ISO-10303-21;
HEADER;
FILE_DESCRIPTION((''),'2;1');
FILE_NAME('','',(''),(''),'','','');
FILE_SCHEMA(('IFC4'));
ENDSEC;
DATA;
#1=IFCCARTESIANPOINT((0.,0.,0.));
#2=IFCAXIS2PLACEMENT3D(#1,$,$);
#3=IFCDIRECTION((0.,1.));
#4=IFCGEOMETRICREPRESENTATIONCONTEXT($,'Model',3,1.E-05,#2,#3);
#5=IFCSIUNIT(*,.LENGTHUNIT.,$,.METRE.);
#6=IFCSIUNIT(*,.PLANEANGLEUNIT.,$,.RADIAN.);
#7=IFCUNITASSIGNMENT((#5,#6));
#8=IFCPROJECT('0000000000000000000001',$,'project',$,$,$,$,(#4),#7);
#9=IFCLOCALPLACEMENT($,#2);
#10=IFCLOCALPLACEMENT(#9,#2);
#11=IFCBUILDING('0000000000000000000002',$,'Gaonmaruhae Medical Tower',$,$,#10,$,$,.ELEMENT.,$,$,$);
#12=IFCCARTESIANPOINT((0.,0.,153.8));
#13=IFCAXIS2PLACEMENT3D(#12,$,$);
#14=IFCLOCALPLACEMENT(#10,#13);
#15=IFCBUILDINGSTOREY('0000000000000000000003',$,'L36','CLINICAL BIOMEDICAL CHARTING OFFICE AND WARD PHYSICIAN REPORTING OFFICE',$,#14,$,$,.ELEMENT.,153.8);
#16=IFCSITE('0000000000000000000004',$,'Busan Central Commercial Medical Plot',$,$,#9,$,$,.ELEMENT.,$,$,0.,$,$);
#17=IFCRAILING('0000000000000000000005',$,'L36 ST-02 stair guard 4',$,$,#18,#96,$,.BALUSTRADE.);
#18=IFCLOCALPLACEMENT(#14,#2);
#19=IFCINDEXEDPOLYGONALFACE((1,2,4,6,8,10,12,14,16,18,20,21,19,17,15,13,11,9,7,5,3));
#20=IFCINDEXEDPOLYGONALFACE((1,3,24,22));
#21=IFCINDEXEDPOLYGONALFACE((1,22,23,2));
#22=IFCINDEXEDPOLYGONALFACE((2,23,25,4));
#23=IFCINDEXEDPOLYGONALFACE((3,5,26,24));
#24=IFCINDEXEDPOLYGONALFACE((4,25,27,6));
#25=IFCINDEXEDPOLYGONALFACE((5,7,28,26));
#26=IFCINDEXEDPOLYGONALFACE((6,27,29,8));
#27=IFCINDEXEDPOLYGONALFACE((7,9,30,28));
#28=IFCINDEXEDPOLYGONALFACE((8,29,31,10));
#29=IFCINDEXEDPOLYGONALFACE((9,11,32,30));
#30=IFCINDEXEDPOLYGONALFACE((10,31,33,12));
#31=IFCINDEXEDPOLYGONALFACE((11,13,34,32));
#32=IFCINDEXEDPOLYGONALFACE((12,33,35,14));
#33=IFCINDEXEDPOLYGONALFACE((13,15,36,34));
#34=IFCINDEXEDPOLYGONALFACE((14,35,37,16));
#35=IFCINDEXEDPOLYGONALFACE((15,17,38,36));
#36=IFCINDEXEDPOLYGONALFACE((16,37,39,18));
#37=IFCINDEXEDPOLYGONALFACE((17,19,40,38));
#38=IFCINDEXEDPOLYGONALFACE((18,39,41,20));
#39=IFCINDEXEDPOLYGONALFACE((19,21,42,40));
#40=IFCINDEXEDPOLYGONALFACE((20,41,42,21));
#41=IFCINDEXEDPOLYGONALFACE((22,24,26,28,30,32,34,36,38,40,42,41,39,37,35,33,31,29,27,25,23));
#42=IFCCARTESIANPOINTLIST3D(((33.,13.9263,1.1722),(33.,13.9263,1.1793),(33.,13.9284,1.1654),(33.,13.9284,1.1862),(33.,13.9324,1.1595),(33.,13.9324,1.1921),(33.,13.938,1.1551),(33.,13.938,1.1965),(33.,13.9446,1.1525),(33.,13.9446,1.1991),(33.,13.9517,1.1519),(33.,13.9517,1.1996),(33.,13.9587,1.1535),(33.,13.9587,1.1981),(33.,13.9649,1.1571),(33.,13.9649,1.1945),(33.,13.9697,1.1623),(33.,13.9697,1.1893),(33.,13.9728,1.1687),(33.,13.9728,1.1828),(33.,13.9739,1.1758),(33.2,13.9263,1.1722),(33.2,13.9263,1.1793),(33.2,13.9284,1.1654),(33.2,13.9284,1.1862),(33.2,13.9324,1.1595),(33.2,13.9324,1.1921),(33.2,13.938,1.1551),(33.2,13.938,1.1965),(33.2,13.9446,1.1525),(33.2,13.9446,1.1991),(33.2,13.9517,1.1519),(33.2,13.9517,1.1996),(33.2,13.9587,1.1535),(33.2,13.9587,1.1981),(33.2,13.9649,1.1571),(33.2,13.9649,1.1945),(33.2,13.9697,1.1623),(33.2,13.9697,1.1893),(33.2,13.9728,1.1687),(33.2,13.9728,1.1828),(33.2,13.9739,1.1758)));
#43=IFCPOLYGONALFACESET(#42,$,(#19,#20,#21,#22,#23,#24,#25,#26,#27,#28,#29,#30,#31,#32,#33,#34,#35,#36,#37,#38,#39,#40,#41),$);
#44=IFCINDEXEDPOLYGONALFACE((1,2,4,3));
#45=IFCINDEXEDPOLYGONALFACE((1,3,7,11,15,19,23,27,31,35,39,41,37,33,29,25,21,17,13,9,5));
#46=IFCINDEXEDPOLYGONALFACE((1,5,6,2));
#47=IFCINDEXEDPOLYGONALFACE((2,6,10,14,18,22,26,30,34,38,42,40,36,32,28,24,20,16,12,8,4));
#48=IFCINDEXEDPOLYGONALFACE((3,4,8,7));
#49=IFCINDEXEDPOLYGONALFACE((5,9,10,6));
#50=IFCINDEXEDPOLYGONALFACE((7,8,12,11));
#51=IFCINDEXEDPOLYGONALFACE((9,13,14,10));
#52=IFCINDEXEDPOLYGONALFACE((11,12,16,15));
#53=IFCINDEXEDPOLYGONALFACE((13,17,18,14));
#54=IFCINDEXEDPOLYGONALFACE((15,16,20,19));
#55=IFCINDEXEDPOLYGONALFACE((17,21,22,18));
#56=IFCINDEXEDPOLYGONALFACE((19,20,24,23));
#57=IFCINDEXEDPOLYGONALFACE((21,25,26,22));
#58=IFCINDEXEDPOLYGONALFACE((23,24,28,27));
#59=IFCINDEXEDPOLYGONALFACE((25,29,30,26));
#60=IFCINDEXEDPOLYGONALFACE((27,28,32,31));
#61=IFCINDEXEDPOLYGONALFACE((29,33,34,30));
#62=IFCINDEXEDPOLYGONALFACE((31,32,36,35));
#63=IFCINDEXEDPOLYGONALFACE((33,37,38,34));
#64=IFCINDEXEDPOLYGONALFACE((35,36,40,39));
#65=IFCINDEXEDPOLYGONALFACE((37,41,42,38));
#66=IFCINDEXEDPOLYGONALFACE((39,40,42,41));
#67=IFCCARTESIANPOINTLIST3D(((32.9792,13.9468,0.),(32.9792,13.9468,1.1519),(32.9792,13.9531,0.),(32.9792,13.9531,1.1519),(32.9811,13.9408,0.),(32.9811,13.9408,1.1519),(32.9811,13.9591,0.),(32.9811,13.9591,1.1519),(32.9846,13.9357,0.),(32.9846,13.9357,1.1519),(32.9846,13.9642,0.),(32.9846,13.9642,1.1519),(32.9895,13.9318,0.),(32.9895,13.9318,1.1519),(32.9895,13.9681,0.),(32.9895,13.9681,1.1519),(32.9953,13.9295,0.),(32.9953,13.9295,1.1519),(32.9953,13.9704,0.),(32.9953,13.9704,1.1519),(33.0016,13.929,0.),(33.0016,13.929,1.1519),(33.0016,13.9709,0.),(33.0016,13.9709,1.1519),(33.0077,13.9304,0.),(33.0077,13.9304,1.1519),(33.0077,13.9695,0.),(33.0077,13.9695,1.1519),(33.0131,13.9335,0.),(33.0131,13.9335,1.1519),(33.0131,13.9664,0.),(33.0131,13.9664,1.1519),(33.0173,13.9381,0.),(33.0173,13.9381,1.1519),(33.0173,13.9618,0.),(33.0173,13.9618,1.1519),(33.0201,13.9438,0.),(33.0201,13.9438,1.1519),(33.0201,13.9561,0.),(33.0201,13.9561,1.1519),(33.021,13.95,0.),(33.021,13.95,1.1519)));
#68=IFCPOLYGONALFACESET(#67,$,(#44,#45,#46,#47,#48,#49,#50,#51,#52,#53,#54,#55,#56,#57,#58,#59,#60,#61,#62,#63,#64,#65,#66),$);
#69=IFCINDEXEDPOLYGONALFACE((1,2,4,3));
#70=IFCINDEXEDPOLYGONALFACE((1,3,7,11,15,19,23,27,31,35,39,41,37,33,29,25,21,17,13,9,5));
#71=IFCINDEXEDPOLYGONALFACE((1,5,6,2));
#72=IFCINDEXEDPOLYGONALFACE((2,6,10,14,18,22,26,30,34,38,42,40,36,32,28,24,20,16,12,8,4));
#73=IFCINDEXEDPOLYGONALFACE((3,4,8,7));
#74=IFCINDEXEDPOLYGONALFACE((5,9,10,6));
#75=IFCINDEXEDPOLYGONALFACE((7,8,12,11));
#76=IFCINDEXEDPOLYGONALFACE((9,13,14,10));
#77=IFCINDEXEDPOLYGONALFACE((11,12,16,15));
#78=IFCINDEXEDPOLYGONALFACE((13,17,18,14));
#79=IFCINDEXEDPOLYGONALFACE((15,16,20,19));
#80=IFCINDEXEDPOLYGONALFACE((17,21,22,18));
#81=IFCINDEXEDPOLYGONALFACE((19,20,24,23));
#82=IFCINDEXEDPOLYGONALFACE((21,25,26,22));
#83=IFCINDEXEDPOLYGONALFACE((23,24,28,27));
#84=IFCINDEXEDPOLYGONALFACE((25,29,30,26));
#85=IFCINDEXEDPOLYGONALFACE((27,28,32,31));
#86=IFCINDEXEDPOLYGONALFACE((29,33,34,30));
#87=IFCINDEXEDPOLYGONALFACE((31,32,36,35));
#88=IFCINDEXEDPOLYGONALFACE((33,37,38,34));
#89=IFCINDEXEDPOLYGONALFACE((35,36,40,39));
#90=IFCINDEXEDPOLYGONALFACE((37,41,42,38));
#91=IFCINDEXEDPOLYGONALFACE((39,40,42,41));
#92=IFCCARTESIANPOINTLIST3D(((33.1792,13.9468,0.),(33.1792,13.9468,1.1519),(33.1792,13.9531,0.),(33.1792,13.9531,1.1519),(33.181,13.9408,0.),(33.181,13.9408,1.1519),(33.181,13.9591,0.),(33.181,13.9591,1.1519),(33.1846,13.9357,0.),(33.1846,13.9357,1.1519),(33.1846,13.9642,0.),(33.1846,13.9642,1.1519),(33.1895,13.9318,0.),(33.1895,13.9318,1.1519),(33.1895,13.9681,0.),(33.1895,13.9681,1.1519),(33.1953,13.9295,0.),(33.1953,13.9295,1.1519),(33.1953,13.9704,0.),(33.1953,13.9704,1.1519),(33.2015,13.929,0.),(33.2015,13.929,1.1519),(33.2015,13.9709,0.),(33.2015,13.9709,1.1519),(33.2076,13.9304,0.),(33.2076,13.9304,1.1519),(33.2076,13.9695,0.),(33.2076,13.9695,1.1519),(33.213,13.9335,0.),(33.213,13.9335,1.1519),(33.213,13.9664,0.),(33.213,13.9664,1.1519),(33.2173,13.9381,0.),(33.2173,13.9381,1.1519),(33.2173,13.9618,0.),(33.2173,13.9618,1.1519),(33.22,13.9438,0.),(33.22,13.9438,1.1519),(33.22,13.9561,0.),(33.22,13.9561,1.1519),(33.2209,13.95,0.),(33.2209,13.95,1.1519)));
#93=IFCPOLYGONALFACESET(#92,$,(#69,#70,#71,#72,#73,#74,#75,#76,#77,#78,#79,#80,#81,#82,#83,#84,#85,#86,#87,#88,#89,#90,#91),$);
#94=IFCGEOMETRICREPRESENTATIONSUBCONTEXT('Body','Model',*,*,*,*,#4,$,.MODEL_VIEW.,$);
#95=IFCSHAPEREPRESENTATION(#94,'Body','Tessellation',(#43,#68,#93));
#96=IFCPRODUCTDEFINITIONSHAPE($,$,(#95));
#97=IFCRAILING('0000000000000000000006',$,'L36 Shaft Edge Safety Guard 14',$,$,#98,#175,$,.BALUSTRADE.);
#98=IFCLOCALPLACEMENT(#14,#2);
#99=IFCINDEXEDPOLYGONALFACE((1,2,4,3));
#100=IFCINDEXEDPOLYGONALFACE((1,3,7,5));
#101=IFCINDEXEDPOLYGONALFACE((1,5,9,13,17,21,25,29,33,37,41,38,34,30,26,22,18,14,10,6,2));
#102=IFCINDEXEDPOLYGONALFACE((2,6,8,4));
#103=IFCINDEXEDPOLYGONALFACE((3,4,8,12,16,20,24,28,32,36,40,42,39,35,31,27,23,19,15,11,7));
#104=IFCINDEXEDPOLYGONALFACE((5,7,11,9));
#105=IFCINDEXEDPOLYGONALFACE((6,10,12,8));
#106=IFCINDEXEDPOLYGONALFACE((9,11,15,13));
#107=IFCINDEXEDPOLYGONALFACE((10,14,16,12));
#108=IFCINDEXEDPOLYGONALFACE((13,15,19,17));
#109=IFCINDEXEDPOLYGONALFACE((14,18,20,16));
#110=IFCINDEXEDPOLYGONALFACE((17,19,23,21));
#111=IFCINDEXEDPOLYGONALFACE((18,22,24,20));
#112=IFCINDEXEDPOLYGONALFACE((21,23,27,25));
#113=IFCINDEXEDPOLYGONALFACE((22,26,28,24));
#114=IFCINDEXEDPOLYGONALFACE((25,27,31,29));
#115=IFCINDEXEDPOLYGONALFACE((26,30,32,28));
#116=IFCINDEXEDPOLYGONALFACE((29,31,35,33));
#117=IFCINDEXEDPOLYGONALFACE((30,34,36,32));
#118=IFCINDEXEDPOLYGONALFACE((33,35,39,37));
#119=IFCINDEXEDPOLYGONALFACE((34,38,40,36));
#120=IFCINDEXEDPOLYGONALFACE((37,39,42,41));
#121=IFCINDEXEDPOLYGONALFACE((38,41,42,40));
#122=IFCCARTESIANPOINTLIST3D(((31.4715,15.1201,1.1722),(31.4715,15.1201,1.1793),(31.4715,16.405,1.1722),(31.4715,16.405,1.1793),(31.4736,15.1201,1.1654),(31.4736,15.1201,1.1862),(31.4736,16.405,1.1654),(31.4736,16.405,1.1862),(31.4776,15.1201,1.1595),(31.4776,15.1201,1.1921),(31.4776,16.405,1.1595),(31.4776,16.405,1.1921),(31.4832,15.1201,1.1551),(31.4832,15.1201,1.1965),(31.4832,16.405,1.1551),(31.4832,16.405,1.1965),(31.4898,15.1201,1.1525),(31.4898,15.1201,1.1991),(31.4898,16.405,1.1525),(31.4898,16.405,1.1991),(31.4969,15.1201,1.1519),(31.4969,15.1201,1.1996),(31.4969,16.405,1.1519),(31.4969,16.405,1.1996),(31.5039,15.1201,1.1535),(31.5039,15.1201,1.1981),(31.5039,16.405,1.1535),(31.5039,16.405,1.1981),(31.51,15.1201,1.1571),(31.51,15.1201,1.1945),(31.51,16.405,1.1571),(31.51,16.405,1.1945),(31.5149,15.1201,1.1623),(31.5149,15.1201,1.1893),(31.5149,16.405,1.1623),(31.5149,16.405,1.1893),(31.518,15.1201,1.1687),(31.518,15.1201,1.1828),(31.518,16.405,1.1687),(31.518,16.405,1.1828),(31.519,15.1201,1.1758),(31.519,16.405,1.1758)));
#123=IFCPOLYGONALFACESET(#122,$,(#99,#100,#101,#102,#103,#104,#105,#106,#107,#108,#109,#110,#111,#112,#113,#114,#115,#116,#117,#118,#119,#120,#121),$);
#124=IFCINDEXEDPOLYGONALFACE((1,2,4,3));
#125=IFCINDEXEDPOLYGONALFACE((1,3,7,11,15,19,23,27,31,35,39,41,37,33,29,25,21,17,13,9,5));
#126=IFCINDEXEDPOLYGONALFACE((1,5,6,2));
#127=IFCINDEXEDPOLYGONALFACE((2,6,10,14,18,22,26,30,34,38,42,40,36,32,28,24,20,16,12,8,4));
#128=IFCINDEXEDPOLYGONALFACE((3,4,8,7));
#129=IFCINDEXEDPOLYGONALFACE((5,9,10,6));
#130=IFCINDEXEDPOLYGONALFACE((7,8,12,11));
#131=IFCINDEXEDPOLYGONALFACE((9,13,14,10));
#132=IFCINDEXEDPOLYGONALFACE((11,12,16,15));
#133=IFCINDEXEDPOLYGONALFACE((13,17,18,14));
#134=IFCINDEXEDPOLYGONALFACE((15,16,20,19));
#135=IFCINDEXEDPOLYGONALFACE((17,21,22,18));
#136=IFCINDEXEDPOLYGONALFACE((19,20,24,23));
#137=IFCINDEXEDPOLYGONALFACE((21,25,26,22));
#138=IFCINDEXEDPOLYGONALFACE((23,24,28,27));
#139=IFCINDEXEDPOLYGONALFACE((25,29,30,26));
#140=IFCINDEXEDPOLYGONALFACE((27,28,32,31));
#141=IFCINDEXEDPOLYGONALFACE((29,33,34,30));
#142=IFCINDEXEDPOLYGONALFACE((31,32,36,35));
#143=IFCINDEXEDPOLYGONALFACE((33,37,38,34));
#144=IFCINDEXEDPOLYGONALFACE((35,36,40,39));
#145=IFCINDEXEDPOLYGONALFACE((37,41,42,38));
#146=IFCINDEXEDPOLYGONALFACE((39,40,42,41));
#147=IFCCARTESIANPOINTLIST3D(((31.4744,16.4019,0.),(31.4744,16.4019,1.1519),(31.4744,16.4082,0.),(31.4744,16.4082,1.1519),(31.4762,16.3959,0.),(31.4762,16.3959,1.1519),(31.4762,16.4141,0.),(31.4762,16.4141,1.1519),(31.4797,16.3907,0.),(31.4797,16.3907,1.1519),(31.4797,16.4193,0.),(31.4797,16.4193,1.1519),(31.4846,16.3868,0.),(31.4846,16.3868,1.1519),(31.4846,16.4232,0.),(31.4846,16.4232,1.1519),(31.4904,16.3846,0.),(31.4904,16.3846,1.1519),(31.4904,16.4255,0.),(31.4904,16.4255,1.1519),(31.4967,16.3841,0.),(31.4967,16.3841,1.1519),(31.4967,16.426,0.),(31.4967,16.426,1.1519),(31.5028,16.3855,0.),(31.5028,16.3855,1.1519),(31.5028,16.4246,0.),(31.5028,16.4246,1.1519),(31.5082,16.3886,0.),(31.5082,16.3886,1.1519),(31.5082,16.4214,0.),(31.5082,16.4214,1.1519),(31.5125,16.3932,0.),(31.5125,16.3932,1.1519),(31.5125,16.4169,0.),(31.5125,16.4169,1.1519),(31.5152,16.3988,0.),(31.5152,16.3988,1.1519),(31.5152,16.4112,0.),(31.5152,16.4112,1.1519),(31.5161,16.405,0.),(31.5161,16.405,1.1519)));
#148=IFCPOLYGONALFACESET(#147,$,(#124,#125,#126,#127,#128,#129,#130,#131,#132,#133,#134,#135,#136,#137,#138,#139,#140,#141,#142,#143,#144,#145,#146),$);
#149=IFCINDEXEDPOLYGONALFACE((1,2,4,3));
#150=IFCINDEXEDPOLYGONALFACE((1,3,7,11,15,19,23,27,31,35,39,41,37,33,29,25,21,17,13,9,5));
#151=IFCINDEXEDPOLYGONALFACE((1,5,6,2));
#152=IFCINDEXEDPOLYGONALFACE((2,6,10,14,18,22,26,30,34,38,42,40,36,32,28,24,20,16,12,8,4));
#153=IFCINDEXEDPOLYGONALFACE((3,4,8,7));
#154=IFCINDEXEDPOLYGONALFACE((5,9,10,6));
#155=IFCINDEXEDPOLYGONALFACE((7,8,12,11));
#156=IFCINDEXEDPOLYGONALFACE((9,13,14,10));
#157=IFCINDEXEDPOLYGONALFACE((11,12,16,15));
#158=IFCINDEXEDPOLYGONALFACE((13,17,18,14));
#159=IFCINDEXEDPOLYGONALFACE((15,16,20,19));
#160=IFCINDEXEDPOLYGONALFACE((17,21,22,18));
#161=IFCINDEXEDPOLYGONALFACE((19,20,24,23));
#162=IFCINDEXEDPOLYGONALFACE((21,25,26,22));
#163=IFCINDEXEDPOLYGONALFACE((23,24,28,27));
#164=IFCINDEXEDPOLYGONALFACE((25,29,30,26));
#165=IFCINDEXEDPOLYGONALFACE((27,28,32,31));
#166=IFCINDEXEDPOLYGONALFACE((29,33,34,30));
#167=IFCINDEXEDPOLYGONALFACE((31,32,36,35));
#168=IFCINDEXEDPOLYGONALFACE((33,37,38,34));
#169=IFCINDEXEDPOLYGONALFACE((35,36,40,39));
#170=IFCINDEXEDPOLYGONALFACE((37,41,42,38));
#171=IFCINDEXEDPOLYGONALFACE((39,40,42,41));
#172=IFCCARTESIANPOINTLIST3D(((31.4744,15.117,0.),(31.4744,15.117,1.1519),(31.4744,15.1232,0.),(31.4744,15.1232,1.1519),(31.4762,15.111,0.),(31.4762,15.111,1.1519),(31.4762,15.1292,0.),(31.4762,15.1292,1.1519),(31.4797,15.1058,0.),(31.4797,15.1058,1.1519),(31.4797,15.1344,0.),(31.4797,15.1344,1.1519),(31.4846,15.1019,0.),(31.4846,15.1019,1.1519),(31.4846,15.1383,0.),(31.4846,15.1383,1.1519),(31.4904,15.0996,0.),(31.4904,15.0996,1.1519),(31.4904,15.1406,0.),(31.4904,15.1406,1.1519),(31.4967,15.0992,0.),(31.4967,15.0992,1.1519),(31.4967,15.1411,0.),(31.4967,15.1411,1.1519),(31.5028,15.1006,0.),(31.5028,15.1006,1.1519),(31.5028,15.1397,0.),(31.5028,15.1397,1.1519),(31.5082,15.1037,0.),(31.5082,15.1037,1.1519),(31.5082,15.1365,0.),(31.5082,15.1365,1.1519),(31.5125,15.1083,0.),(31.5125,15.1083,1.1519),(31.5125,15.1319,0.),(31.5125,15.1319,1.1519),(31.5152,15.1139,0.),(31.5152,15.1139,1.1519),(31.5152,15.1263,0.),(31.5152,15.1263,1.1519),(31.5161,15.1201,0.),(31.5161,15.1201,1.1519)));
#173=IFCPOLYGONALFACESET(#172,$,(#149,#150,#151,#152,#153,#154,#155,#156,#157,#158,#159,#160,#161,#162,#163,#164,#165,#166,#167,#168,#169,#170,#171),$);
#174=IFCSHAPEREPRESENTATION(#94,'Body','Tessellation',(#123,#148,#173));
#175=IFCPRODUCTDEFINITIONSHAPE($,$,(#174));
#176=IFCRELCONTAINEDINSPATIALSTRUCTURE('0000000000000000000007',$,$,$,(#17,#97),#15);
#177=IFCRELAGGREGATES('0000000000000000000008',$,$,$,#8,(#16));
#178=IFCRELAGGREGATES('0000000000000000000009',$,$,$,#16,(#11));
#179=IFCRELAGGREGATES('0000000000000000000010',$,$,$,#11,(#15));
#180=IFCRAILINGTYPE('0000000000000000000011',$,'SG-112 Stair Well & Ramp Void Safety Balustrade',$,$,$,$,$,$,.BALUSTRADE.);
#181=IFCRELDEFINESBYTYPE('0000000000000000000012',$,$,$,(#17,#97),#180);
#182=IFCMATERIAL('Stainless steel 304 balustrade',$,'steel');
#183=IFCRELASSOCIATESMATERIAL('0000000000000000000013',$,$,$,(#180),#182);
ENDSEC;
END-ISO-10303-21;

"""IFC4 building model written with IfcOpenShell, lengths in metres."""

from ifc_helpers import new_model, si_unit, direction, frame, origin, origin_2d, place, context, subcontext, project, spatial, circle, extrude, material, type_object, element, save


model = new_model("IFC4")

# Units and contexts
model_context = context("Model", 3, precision=1e-05, world=origin(), true_north=direction((0.0, 1.0)))
body_context = subcontext(model_context, "Body", "Model", "MODEL_VIEW")
ifc_project = project(units=[si_unit("LENGTHUNIT", "METRE"), si_unit("PLANEANGLEUNIT", "RADIAN")], contexts=[model_context])

# Site, building, storey
site_placement = place(None, origin())
site = spatial("IfcSite", under=ifc_project, at=site_placement, Name="Busan Central Commercial Medical Plot", CompositionType="ELEMENT", RefElevation=0.0)
building_placement = place(site_placement, origin())
building = spatial("IfcBuilding", under=site, at=building_placement, Name="Gaonmaruhae Medical Tower", CompositionType="ELEMENT")
storey_placement = place(building_placement, frame((0.0, 0.0, 153.8)))
storey = spatial("IfcBuildingStorey", under=building, at=storey_placement, Name="L36", Description="CLINICAL BIOMEDICAL CHARTING OFFICE AND WARD PHYSICIAN REPORTING OFFICE", CompositionType="ELEMENT", Elevation=153.8)

# Railings
ifc_material_1 = material(Name="Stainless steel 304 balustrade", Category="steel")
railing_type_1 = type_object("IfcRailingType", Name="SG-112 Stair Well & Ramp Void Safety Balustrade", PredefinedType="BALUSTRADE", material=ifc_material_1)
railing_1_placement = place(storey_placement, frame((33.0, 13.95, 0.0)))
element("IfcRailing", 1, at=railing_1_placement, inside=storey, type_object=railing_type_1, Name="L36 ST-02 stair guard 4", PredefinedType="BALUSTRADE", context=body_context, shape_type="SweptSolid", body=[
    extrude(circle(Radius=0.0239, at=origin_2d()), frame((0.0, 0.0, 1.1758), z_axis=(1.0, 0.0, 0.0), x_axis=(0.0, 1.0, 0.0)), (0.0, 0.0, 1.0), 0.2),
    extrude(circle(Radius=0.021, at=origin_2d()), origin(), (0.0, 0.0, 1.0), 1.1519),
    extrude(circle(Radius=0.021, at=origin_2d()), frame((0.2, 0.0, 0.0)), (0.0, 0.0, 1.0), 1.1519),
])
railing_2_placement = place(storey_placement, frame((31.4951, 16.405, 0.0)))
element("IfcRailing", 2, at=railing_2_placement, inside=storey, type_object=railing_type_1, Name="L36 Shaft Edge Safety Guard 14", PredefinedType="BALUSTRADE", context=body_context, shape_type="SweptSolid", body=[
    extrude(circle(Radius=0.0239, at=origin_2d()), frame((0.0, 0.0, 1.1758), z_axis=(0.0, -1.0, 0.0), x_axis=(1.0, 0.0, 0.0)), (0.0, 0.0, 1.0), 1.2849),
    extrude(circle(Radius=0.021, at=origin_2d()), origin(), (0.0, 0.0, 1.0), 1.1519),
    extrude(circle(Radius=0.021, at=origin_2d()), frame((0.0, -1.2849, 0.0)), (0.0, 0.0, 1.0), 1.1519),
])

save(model, "model.ifc")
